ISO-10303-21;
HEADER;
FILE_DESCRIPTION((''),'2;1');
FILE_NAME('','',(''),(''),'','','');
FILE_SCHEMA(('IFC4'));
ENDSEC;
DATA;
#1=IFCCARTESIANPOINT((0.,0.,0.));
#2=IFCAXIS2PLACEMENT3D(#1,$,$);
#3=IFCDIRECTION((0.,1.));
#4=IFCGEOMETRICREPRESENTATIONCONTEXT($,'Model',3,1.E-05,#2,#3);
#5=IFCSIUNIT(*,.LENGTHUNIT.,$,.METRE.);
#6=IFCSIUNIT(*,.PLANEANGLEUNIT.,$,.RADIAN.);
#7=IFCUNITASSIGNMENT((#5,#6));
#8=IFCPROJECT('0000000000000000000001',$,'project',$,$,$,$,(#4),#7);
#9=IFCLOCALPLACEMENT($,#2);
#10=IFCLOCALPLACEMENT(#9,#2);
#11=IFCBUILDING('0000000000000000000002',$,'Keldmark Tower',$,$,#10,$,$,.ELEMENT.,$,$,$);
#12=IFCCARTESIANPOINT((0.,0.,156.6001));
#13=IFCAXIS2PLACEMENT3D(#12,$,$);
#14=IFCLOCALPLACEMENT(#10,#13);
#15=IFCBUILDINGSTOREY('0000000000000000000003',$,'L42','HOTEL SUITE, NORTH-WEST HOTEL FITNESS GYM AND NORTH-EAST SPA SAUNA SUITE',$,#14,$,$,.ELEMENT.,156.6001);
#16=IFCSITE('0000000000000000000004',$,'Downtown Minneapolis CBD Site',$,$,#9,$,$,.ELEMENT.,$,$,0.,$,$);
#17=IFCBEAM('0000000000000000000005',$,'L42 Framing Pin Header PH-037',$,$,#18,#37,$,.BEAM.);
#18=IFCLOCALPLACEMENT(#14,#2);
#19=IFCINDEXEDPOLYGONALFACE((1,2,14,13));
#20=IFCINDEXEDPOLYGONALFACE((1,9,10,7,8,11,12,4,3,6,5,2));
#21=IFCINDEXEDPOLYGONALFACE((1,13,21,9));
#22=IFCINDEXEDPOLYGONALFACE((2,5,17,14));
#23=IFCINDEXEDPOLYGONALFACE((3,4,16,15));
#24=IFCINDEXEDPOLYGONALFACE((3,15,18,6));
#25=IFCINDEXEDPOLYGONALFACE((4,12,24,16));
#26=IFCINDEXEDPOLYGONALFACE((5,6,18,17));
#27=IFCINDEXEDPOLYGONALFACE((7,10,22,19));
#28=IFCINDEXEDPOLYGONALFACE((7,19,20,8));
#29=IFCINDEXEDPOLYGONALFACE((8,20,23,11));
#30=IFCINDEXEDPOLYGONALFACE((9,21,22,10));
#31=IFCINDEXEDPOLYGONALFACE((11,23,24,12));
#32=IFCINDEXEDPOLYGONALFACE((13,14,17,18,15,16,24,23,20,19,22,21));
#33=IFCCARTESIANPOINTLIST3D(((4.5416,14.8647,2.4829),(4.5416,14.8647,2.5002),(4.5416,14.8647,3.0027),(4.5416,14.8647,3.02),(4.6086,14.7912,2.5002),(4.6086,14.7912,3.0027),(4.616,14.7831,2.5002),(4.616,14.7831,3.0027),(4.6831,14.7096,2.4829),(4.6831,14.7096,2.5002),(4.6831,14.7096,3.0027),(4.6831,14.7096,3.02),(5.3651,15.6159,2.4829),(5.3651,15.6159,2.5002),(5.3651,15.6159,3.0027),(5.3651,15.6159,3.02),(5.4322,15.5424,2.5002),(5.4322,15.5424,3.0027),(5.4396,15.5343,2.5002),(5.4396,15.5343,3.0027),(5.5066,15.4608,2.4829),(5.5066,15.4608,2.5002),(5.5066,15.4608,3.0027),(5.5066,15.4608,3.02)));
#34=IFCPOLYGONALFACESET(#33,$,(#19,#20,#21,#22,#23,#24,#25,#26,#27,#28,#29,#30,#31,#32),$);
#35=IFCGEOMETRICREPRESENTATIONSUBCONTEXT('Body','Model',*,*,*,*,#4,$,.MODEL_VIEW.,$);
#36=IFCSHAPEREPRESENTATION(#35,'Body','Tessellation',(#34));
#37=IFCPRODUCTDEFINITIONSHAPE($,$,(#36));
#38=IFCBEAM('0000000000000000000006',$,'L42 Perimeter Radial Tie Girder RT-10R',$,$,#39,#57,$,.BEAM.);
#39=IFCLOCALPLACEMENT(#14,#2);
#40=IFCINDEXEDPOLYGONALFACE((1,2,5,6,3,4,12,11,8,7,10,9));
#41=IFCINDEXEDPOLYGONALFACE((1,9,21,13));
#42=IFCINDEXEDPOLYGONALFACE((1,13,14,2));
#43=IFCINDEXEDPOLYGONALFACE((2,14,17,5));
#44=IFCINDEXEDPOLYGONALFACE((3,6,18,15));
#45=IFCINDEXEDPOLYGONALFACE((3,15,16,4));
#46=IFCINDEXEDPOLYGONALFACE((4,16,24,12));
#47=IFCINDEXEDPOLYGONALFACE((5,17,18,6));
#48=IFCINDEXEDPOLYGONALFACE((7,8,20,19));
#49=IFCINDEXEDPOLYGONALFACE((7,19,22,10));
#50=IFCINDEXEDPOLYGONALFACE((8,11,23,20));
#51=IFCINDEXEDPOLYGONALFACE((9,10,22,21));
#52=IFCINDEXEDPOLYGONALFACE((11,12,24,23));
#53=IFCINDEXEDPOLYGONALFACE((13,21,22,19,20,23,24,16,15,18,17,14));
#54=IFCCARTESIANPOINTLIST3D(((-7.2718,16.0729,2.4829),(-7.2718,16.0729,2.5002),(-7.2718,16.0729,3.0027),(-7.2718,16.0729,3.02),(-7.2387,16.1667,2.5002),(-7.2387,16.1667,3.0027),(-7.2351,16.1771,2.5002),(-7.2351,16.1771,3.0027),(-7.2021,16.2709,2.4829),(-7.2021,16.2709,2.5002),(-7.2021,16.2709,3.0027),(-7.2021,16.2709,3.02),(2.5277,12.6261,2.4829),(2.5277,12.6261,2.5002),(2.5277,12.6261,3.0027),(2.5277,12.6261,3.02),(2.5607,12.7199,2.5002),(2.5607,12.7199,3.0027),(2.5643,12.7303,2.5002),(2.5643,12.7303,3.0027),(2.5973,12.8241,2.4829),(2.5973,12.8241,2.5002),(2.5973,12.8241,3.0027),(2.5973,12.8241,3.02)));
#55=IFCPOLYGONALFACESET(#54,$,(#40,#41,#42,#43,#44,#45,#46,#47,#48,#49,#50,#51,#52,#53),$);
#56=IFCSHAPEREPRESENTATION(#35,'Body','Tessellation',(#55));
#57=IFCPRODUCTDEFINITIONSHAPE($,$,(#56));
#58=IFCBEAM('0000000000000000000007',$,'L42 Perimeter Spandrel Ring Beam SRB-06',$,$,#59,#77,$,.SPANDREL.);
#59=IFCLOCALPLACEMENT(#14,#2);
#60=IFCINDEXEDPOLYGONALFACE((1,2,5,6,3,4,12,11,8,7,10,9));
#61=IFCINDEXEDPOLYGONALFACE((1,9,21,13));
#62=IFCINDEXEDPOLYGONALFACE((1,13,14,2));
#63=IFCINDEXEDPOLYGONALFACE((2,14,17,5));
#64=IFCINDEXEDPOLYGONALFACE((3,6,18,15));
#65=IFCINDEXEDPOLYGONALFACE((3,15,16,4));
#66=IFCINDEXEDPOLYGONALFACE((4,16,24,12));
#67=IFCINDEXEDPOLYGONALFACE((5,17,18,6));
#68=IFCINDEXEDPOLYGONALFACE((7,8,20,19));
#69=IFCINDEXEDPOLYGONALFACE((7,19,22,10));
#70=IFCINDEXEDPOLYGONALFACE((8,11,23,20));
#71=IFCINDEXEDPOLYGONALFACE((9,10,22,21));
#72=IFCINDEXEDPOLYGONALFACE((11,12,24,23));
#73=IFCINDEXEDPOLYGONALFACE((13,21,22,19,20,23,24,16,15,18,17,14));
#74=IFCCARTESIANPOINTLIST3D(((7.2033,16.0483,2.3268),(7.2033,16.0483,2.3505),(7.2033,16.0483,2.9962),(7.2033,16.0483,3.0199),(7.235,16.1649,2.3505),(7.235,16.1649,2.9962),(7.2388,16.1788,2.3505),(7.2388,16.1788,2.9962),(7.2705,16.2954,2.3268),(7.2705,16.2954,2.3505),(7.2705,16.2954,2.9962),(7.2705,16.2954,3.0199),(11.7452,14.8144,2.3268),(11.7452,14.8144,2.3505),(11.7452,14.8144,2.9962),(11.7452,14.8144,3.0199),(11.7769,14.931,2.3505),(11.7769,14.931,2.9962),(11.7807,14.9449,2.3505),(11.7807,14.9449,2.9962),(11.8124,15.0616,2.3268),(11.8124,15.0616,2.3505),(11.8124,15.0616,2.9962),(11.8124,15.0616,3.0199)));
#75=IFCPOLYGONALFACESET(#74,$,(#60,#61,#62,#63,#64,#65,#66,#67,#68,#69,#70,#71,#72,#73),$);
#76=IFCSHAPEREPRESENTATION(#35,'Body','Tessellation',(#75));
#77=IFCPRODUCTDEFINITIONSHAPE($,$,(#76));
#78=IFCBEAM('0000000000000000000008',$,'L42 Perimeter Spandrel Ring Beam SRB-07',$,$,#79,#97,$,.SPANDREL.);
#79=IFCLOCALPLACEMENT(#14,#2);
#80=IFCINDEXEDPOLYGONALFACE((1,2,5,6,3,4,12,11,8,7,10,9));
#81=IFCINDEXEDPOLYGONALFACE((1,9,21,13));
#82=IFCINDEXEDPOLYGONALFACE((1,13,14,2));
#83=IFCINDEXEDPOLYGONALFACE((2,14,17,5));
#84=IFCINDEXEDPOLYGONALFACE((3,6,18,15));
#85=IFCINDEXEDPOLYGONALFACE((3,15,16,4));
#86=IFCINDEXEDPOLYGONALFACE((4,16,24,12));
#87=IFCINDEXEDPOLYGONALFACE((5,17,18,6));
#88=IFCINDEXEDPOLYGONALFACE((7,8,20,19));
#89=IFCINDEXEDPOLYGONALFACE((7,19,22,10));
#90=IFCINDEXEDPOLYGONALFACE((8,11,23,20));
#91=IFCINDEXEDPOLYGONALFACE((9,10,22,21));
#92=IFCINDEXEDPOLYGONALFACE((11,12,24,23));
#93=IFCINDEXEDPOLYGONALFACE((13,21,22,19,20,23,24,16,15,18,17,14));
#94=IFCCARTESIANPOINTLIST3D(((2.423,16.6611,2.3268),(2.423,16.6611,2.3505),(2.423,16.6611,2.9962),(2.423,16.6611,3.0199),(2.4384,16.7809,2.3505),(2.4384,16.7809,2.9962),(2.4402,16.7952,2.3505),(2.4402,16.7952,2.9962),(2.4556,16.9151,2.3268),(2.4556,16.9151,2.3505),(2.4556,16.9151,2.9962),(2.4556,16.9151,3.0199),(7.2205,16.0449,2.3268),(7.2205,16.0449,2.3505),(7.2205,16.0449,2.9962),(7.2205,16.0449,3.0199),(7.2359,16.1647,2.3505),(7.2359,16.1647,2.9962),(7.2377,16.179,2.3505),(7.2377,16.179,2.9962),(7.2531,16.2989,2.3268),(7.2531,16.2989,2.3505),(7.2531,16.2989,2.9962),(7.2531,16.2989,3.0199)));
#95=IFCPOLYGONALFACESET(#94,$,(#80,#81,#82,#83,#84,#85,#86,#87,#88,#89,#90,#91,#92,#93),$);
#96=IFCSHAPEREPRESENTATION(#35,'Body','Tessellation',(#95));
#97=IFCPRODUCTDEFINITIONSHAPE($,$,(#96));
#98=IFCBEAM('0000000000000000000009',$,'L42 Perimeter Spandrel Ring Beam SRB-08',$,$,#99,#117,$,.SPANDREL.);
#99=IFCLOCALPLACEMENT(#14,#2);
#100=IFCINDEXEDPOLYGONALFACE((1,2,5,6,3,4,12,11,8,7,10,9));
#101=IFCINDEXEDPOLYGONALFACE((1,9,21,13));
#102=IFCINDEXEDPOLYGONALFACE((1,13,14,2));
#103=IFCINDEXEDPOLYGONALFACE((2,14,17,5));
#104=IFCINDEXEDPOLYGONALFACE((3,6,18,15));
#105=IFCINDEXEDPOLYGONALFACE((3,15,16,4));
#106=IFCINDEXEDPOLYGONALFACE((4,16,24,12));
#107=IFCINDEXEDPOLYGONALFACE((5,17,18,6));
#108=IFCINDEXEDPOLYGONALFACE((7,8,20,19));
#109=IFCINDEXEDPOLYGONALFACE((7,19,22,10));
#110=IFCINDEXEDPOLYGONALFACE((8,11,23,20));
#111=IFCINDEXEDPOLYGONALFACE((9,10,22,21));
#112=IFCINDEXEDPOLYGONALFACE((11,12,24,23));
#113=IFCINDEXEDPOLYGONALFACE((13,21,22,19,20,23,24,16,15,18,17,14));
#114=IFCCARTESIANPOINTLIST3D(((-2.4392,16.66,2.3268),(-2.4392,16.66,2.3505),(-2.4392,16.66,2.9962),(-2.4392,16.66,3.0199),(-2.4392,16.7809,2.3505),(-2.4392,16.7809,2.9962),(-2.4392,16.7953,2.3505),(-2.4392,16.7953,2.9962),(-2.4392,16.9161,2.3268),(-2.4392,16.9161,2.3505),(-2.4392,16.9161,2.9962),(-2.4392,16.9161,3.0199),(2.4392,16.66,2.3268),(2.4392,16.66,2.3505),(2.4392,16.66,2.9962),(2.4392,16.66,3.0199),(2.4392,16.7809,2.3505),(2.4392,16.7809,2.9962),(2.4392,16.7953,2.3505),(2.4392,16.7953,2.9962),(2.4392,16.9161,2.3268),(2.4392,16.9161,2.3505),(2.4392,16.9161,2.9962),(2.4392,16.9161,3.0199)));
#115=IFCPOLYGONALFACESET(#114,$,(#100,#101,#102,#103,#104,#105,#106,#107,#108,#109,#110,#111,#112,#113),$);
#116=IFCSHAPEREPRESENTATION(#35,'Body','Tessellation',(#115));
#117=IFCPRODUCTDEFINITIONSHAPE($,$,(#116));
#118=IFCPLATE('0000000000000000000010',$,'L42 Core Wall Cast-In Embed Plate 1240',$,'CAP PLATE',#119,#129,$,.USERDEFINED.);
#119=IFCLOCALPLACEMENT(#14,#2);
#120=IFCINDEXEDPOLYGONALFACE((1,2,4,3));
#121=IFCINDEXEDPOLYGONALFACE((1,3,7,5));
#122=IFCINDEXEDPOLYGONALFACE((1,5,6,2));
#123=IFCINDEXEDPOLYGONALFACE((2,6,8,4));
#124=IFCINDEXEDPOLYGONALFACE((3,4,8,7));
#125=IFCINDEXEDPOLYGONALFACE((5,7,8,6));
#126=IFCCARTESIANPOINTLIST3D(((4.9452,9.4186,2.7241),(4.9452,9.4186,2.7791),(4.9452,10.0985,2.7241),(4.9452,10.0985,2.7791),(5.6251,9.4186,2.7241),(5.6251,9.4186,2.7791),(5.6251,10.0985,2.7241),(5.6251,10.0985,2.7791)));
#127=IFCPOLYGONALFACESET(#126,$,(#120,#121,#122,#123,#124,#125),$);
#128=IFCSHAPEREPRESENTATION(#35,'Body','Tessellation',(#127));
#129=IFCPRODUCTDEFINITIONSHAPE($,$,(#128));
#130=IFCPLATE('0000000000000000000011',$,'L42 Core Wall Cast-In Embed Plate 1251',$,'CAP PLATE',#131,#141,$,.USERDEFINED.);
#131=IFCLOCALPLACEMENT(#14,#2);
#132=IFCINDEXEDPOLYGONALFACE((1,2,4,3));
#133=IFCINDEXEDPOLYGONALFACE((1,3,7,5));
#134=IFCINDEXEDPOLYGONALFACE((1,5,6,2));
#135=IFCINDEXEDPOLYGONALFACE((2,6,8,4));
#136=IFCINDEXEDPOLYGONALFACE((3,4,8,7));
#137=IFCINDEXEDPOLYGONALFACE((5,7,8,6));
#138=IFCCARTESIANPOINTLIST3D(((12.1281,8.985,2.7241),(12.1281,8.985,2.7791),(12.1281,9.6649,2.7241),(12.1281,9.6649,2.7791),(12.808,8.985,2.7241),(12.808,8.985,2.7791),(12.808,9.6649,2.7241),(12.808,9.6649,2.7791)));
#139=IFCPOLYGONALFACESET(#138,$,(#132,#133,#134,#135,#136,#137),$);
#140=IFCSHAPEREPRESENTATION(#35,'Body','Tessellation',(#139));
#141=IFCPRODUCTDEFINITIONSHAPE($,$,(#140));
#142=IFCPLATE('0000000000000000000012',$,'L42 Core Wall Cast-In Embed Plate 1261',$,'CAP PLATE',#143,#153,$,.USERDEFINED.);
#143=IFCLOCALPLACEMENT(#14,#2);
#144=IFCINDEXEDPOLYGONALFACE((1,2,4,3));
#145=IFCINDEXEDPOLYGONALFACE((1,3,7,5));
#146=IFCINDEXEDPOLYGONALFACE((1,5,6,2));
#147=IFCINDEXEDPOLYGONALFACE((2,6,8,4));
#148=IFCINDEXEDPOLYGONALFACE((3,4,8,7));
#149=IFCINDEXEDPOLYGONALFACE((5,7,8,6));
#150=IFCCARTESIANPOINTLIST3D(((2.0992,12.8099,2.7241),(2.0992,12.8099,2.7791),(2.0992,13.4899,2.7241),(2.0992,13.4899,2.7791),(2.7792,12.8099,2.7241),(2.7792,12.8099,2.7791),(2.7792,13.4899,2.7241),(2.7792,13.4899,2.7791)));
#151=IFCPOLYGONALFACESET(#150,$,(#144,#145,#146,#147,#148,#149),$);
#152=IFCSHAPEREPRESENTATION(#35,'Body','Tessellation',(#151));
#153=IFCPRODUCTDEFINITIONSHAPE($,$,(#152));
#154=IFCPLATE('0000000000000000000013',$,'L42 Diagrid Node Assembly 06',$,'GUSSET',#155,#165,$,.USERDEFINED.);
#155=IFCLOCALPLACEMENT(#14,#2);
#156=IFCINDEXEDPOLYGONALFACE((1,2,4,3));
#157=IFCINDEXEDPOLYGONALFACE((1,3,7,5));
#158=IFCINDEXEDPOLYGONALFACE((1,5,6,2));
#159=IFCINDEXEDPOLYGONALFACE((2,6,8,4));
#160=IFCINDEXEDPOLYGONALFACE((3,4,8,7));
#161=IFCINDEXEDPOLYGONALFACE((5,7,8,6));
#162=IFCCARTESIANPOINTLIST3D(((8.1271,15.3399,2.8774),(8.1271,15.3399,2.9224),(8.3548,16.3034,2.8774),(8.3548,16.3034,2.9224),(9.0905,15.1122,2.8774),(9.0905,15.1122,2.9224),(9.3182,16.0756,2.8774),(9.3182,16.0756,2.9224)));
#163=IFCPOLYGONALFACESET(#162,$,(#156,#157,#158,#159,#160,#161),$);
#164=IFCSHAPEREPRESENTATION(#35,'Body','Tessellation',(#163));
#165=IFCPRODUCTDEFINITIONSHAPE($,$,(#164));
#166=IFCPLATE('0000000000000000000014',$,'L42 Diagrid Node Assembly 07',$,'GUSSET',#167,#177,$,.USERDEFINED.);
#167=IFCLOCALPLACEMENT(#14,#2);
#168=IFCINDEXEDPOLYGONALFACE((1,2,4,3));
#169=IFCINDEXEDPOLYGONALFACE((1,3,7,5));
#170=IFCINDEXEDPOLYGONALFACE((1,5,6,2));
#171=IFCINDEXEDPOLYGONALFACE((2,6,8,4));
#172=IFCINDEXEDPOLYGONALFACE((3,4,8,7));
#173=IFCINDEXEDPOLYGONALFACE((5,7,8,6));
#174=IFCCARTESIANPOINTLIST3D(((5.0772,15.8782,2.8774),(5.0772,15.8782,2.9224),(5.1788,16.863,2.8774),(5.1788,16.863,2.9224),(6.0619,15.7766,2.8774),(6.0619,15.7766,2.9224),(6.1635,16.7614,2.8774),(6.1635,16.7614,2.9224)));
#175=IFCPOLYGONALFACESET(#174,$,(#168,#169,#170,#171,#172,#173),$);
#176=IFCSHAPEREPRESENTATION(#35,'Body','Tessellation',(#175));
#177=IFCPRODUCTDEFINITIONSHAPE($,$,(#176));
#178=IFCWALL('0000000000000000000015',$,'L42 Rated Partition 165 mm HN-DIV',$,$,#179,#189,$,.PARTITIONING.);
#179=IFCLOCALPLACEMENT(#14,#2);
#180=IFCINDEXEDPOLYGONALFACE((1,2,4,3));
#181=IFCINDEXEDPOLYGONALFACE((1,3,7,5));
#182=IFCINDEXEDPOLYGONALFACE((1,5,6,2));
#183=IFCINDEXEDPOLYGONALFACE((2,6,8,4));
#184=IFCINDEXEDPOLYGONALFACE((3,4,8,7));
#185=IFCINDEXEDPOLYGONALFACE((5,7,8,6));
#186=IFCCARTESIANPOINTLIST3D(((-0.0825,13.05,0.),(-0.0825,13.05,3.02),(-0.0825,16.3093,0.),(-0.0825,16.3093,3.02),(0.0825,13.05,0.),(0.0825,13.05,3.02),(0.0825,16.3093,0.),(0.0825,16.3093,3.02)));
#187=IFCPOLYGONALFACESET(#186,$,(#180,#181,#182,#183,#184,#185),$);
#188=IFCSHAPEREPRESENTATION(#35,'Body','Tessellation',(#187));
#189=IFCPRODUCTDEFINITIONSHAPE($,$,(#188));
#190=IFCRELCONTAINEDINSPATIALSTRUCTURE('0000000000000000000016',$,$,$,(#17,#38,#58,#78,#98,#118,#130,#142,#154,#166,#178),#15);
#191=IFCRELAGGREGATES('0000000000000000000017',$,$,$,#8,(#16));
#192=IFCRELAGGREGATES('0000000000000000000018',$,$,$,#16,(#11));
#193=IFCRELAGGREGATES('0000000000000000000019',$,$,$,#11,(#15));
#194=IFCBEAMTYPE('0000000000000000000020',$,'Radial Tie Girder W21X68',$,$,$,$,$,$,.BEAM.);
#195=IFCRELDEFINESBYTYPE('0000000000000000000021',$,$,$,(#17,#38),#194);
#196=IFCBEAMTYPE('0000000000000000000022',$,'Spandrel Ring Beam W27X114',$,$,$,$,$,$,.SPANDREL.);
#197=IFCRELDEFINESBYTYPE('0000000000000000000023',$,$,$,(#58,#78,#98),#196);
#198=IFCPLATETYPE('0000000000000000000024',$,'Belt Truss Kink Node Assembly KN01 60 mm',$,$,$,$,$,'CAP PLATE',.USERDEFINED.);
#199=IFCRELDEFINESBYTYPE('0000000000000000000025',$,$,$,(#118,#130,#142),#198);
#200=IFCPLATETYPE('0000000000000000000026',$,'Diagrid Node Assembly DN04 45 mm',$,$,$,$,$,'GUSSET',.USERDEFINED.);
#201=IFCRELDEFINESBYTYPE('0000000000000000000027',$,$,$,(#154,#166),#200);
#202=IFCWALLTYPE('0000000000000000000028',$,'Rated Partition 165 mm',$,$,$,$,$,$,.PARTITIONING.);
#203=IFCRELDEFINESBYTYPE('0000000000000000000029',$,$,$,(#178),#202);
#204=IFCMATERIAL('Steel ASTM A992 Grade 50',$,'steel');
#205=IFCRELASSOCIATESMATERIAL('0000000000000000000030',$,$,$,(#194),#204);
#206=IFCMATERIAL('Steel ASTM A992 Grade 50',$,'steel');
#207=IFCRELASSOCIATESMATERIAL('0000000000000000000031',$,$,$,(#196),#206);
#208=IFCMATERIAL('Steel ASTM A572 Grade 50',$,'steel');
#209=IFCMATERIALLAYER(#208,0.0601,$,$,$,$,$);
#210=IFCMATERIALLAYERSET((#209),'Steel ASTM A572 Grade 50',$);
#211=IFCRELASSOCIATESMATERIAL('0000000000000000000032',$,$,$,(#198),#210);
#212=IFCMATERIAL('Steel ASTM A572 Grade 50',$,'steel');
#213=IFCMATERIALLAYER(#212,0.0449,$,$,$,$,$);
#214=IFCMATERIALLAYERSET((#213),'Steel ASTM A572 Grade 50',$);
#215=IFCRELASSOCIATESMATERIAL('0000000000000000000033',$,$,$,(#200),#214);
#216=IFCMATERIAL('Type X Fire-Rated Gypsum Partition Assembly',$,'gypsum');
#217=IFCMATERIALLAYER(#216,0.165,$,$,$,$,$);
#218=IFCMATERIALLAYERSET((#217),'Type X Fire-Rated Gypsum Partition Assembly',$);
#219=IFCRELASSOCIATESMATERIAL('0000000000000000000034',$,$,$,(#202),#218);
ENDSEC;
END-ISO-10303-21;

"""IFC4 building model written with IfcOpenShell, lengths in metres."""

from ifc_helpers import new_model, si_unit, direction, frame, frame_2d, origin, origin_2d, place, context, subcontext, project, spatial, rectangle, i_section, extrude, material, layer, layer_set, material_profile, profile_set, type_object, element, save


model = new_model("IFC4")

# Units and contexts
model_context = context("Model", 3, precision=1e-05, world=origin(), true_north=direction((0.0, 1.0)))
body_context = subcontext(model_context, "Body", "Model", "MODEL_VIEW")
ifc_project = project(units=[si_unit("LENGTHUNIT", "METRE"), si_unit("PLANEANGLEUNIT", "RADIAN")], contexts=[model_context])

# Site, building, storey
site_placement = place(None, origin())
site = spatial("IfcSite", under=ifc_project, at=site_placement, Name="Downtown Minneapolis CBD Site", CompositionType="ELEMENT", RefElevation=0.0)
building_placement = place(site_placement, origin())
building = spatial("IfcBuilding", under=site, at=building_placement, Name="Keldmark Tower", CompositionType="ELEMENT")
storey_placement = place(building_placement, frame((0.0, 0.0, 156.6001)))
storey = spatial("IfcBuildingStorey", under=building, at=storey_placement, Name="L42", Description="HOTEL SUITE, NORTH-WEST HOTEL FITNESS GYM AND NORTH-EAST SPA SAUNA SUITE", CompositionType="ELEMENT", Elevation=156.6001)

# Beams
ifc_material_1 = material(Name="Steel ASTM A992 Grade 50", Category="steel")
ifc_material_profile_1 = material_profile(ifc_material_1, i_section(OverallWidth=0.21, OverallDepth=0.5371, WebThickness=0.011, FlangeThickness=0.0173, at=origin_2d()), Name="W21X68")
ifc_profile_set_1 = profile_set([ifc_material_profile_1], Name="Steel ASTM A992 Grade 50")
beam_type_1 = type_object("IfcBeamType", Name="Radial Tie Girder W21X68", PredefinedType="BEAM", material=ifc_profile_set_1)
beam_1_placement = place(storey_placement, frame((4.6123, 14.7871, 2.7515), z_axis=(0.738779, 0.673947, 0.0), x_axis=(-0.673947, 0.738779, 0.0)))
element("IfcBeam", 1, at=beam_1_placement, inside=storey, type_object=beam_type_1, Name="L42 Framing Pin Header PH-037", PredefinedType="BEAM", context=body_context, shape_type="SweptSolid", body=[
    extrude(i_section(OverallWidth=0.21, OverallDepth=0.5371, WebThickness=0.011, FlangeThickness=0.0173, at=origin_2d()), origin(), (0.0, 0.0, 1.0), 1.1147),
])
beam_2_placement = place(storey_placement, frame((2.5625, 12.7251, 2.7515), z_axis=(-0.943346, 0.331809, 0.0), x_axis=(-0.331809, -0.943346, 0.0)))
element("IfcBeam", 2, at=beam_2_placement, inside=storey, type_object=beam_type_1, Name="L42 Perimeter Radial Tie Girder RT-10R", PredefinedType="BEAM", context=body_context, shape_type="SweptSolid", body=[
    extrude(i_section(OverallWidth=0.21, OverallDepth=0.5371, WebThickness=0.011, FlangeThickness=0.0173, at=origin_2d()), origin(), (0.0, 0.0, 1.0), 10.3879),
])
ifc_material_2 = material(Name="Steel ASTM A992 Grade 50", Category="steel")
ifc_material_profile_2 = material_profile(ifc_material_2, i_section(OverallWidth=0.2561, OverallDepth=0.6931, WebThickness=0.0144, FlangeThickness=0.0237, at=origin_2d()), Name="W27X114")
ifc_profile_set_2 = profile_set([ifc_material_profile_2], Name="Steel ASTM A992 Grade 50")
beam_type_2 = type_object("IfcBeamType", Name="Spandrel Ring Beam W27X114", PredefinedType="SPANDREL", material=ifc_profile_set_2)
beam_3_placement = place(storey_placement, frame((11.7788, 14.938, 2.6733), z_axis=(-0.965024, 0.26216, 0.0), x_axis=(-0.26216, -0.965024, 0.0)))
element("IfcBeam", 3, at=beam_3_placement, inside=storey, type_object=beam_type_2, Name="L42 Perimeter Spandrel Ring Beam SRB-06", PredefinedType="SPANDREL", context=body_context, shape_type="SweptSolid", body=[
    extrude(i_section(OverallWidth=0.2561, OverallDepth=0.6931, WebThickness=0.0144, FlangeThickness=0.0237, at=origin_2d()), origin(), (0.0, 0.0, 1.0), 4.7065),
])
beam_4_placement = place(storey_placement, frame((7.2368, 16.1719, 2.6733), z_axis=(-0.991852, 0.127395, 0.0), x_axis=(-0.127395, -0.991852, 0.0)))
element("IfcBeam", 4, at=beam_4_placement, inside=storey, type_object=beam_type_2, Name="L42 Perimeter Spandrel Ring Beam SRB-07", PredefinedType="SPANDREL", context=body_context, shape_type="SweptSolid", body=[
    extrude(i_section(OverallWidth=0.2561, OverallDepth=0.6931, WebThickness=0.0144, FlangeThickness=0.0237, at=origin_2d()), origin(), (0.0, 0.0, 1.0), 4.8369),
])
beam_5_placement = place(storey_placement, frame((2.4392, 16.7881, 2.6733), z_axis=(-1.0, 0.0, 0.0), x_axis=(0.0, -1.0, 0.0)))
element("IfcBeam", 5, at=beam_5_placement, inside=storey, type_object=beam_type_2, Name="L42 Perimeter Spandrel Ring Beam SRB-08", PredefinedType="SPANDREL", context=body_context, shape_type="SweptSolid", body=[
    extrude(i_section(OverallWidth=0.2561, OverallDepth=0.6931, WebThickness=0.0144, FlangeThickness=0.0237, at=origin_2d()), origin(), (0.0, 0.0, 1.0), 4.8784),
])

# Plates
ifc_material_3 = material(Name="Steel ASTM A572 Grade 50", Category="steel")
ifc_layer_1 = layer(ifc_material_3, 0.0601)
ifc_layer_set_1 = layer_set([ifc_layer_1], Name="Steel ASTM A572 Grade 50")
plate_type_1 = type_object("IfcPlateType", Name="Belt Truss Kink Node Assembly KN01 60 mm", ElementType="CAP PLATE", PredefinedType="USERDEFINED", material=ifc_layer_set_1)
for number, where, z_axis, x_axis, name in (
    (6, (5.2852, 9.7585, 2.7241), (0.0, 0.0, 1.0), (1.0, 0.0, 0.0), "L42 Core Wall Cast-In Embed Plate 1240"),
    (7, (12.468, 9.325, 2.7241), (0.0, 0.0, 1.0), (1.0, 0.0, 0.0), "L42 Core Wall Cast-In Embed Plate 1251"),
    (8, (2.4392, 13.1499, 2.7241), (0.0, 0.0, 1.0), (1.0, 0.0, 0.0), "L42 Core Wall Cast-In Embed Plate 1261"),
):
    element("IfcPlate", number, at=place(storey_placement, frame(where, z_axis=z_axis, x_axis=x_axis)), inside=storey, type_object=plate_type_1, Name=name, ObjectType="CAP PLATE", PredefinedType="USERDEFINED", context=body_context, shape_type="SweptSolid", body=[
        extrude(rectangle(XDim=0.6799, YDim=0.6799, at=origin_2d()), origin(), (0.0, 0.0, 1.0), 0.0549),
    ])
ifc_material_4 = material(Name="Steel ASTM A572 Grade 50", Category="steel")
ifc_layer_2 = layer(ifc_material_4, 0.0449)
ifc_layer_set_2 = layer_set([ifc_layer_2], Name="Steel ASTM A572 Grade 50")
plate_type_2 = type_object("IfcPlateType", Name="Diagrid Node Assembly DN04 45 mm", ElementType="GUSSET", PredefinedType="USERDEFINED", material=ifc_layer_set_2)
for number, where, z_axis, x_axis, name in (
    (9, (8.7227, 15.7078, 2.8774), (0.0, 0.0, 1.0), (-0.973179, 0.23005, 0.0), "L42 Diagrid Node Assembly 06"),
    (10, (5.6204, 16.3198, 2.8774), (0.0, 0.0, 1.0), (-0.994721, 0.102619, 0.0), "L42 Diagrid Node Assembly 07"),
):
    element("IfcPlate", number, at=place(storey_placement, frame(where, z_axis=z_axis, x_axis=x_axis)), inside=storey, type_object=plate_type_2, Name=name, ObjectType="GUSSET", PredefinedType="USERDEFINED", context=body_context, shape_type="SweptSolid", body=[
        extrude(rectangle(XDim=0.99, YDim=0.99, at=origin_2d()), origin(), (0.0, 0.0, 1.0), 0.0449),
    ])

# Wall
ifc_material_5 = material(Name="Type X Fire-Rated Gypsum Partition Assembly", Category="gypsum")
ifc_layer_3 = layer(ifc_material_5, 0.165)
ifc_layer_set_3 = layer_set([ifc_layer_3], Name="Type X Fire-Rated Gypsum Partition Assembly")
wall_type_1 = type_object("IfcWallType", Name="Rated Partition 165 mm", PredefinedType="PARTITIONING", material=ifc_layer_set_3)
wall_1_placement = place(storey_placement, frame((0.0, 13.05, 0.0), z_axis=(0.0, 0.0, 1.0), x_axis=(0.0, 1.0, 0.0)))
element("IfcWall", 11, at=wall_1_placement, inside=storey, type_object=wall_type_1, Name="L42 Rated Partition 165 mm HN-DIV", PredefinedType="PARTITIONING", context=body_context, shape_type="SweptSolid", body=[
    extrude(rectangle(XDim=3.2593, YDim=0.165, at=frame_2d((1.6296, 0.0))), origin(), (0.0, 0.0, 1.0), 3.02),
])

save(model, "model.ifc")
